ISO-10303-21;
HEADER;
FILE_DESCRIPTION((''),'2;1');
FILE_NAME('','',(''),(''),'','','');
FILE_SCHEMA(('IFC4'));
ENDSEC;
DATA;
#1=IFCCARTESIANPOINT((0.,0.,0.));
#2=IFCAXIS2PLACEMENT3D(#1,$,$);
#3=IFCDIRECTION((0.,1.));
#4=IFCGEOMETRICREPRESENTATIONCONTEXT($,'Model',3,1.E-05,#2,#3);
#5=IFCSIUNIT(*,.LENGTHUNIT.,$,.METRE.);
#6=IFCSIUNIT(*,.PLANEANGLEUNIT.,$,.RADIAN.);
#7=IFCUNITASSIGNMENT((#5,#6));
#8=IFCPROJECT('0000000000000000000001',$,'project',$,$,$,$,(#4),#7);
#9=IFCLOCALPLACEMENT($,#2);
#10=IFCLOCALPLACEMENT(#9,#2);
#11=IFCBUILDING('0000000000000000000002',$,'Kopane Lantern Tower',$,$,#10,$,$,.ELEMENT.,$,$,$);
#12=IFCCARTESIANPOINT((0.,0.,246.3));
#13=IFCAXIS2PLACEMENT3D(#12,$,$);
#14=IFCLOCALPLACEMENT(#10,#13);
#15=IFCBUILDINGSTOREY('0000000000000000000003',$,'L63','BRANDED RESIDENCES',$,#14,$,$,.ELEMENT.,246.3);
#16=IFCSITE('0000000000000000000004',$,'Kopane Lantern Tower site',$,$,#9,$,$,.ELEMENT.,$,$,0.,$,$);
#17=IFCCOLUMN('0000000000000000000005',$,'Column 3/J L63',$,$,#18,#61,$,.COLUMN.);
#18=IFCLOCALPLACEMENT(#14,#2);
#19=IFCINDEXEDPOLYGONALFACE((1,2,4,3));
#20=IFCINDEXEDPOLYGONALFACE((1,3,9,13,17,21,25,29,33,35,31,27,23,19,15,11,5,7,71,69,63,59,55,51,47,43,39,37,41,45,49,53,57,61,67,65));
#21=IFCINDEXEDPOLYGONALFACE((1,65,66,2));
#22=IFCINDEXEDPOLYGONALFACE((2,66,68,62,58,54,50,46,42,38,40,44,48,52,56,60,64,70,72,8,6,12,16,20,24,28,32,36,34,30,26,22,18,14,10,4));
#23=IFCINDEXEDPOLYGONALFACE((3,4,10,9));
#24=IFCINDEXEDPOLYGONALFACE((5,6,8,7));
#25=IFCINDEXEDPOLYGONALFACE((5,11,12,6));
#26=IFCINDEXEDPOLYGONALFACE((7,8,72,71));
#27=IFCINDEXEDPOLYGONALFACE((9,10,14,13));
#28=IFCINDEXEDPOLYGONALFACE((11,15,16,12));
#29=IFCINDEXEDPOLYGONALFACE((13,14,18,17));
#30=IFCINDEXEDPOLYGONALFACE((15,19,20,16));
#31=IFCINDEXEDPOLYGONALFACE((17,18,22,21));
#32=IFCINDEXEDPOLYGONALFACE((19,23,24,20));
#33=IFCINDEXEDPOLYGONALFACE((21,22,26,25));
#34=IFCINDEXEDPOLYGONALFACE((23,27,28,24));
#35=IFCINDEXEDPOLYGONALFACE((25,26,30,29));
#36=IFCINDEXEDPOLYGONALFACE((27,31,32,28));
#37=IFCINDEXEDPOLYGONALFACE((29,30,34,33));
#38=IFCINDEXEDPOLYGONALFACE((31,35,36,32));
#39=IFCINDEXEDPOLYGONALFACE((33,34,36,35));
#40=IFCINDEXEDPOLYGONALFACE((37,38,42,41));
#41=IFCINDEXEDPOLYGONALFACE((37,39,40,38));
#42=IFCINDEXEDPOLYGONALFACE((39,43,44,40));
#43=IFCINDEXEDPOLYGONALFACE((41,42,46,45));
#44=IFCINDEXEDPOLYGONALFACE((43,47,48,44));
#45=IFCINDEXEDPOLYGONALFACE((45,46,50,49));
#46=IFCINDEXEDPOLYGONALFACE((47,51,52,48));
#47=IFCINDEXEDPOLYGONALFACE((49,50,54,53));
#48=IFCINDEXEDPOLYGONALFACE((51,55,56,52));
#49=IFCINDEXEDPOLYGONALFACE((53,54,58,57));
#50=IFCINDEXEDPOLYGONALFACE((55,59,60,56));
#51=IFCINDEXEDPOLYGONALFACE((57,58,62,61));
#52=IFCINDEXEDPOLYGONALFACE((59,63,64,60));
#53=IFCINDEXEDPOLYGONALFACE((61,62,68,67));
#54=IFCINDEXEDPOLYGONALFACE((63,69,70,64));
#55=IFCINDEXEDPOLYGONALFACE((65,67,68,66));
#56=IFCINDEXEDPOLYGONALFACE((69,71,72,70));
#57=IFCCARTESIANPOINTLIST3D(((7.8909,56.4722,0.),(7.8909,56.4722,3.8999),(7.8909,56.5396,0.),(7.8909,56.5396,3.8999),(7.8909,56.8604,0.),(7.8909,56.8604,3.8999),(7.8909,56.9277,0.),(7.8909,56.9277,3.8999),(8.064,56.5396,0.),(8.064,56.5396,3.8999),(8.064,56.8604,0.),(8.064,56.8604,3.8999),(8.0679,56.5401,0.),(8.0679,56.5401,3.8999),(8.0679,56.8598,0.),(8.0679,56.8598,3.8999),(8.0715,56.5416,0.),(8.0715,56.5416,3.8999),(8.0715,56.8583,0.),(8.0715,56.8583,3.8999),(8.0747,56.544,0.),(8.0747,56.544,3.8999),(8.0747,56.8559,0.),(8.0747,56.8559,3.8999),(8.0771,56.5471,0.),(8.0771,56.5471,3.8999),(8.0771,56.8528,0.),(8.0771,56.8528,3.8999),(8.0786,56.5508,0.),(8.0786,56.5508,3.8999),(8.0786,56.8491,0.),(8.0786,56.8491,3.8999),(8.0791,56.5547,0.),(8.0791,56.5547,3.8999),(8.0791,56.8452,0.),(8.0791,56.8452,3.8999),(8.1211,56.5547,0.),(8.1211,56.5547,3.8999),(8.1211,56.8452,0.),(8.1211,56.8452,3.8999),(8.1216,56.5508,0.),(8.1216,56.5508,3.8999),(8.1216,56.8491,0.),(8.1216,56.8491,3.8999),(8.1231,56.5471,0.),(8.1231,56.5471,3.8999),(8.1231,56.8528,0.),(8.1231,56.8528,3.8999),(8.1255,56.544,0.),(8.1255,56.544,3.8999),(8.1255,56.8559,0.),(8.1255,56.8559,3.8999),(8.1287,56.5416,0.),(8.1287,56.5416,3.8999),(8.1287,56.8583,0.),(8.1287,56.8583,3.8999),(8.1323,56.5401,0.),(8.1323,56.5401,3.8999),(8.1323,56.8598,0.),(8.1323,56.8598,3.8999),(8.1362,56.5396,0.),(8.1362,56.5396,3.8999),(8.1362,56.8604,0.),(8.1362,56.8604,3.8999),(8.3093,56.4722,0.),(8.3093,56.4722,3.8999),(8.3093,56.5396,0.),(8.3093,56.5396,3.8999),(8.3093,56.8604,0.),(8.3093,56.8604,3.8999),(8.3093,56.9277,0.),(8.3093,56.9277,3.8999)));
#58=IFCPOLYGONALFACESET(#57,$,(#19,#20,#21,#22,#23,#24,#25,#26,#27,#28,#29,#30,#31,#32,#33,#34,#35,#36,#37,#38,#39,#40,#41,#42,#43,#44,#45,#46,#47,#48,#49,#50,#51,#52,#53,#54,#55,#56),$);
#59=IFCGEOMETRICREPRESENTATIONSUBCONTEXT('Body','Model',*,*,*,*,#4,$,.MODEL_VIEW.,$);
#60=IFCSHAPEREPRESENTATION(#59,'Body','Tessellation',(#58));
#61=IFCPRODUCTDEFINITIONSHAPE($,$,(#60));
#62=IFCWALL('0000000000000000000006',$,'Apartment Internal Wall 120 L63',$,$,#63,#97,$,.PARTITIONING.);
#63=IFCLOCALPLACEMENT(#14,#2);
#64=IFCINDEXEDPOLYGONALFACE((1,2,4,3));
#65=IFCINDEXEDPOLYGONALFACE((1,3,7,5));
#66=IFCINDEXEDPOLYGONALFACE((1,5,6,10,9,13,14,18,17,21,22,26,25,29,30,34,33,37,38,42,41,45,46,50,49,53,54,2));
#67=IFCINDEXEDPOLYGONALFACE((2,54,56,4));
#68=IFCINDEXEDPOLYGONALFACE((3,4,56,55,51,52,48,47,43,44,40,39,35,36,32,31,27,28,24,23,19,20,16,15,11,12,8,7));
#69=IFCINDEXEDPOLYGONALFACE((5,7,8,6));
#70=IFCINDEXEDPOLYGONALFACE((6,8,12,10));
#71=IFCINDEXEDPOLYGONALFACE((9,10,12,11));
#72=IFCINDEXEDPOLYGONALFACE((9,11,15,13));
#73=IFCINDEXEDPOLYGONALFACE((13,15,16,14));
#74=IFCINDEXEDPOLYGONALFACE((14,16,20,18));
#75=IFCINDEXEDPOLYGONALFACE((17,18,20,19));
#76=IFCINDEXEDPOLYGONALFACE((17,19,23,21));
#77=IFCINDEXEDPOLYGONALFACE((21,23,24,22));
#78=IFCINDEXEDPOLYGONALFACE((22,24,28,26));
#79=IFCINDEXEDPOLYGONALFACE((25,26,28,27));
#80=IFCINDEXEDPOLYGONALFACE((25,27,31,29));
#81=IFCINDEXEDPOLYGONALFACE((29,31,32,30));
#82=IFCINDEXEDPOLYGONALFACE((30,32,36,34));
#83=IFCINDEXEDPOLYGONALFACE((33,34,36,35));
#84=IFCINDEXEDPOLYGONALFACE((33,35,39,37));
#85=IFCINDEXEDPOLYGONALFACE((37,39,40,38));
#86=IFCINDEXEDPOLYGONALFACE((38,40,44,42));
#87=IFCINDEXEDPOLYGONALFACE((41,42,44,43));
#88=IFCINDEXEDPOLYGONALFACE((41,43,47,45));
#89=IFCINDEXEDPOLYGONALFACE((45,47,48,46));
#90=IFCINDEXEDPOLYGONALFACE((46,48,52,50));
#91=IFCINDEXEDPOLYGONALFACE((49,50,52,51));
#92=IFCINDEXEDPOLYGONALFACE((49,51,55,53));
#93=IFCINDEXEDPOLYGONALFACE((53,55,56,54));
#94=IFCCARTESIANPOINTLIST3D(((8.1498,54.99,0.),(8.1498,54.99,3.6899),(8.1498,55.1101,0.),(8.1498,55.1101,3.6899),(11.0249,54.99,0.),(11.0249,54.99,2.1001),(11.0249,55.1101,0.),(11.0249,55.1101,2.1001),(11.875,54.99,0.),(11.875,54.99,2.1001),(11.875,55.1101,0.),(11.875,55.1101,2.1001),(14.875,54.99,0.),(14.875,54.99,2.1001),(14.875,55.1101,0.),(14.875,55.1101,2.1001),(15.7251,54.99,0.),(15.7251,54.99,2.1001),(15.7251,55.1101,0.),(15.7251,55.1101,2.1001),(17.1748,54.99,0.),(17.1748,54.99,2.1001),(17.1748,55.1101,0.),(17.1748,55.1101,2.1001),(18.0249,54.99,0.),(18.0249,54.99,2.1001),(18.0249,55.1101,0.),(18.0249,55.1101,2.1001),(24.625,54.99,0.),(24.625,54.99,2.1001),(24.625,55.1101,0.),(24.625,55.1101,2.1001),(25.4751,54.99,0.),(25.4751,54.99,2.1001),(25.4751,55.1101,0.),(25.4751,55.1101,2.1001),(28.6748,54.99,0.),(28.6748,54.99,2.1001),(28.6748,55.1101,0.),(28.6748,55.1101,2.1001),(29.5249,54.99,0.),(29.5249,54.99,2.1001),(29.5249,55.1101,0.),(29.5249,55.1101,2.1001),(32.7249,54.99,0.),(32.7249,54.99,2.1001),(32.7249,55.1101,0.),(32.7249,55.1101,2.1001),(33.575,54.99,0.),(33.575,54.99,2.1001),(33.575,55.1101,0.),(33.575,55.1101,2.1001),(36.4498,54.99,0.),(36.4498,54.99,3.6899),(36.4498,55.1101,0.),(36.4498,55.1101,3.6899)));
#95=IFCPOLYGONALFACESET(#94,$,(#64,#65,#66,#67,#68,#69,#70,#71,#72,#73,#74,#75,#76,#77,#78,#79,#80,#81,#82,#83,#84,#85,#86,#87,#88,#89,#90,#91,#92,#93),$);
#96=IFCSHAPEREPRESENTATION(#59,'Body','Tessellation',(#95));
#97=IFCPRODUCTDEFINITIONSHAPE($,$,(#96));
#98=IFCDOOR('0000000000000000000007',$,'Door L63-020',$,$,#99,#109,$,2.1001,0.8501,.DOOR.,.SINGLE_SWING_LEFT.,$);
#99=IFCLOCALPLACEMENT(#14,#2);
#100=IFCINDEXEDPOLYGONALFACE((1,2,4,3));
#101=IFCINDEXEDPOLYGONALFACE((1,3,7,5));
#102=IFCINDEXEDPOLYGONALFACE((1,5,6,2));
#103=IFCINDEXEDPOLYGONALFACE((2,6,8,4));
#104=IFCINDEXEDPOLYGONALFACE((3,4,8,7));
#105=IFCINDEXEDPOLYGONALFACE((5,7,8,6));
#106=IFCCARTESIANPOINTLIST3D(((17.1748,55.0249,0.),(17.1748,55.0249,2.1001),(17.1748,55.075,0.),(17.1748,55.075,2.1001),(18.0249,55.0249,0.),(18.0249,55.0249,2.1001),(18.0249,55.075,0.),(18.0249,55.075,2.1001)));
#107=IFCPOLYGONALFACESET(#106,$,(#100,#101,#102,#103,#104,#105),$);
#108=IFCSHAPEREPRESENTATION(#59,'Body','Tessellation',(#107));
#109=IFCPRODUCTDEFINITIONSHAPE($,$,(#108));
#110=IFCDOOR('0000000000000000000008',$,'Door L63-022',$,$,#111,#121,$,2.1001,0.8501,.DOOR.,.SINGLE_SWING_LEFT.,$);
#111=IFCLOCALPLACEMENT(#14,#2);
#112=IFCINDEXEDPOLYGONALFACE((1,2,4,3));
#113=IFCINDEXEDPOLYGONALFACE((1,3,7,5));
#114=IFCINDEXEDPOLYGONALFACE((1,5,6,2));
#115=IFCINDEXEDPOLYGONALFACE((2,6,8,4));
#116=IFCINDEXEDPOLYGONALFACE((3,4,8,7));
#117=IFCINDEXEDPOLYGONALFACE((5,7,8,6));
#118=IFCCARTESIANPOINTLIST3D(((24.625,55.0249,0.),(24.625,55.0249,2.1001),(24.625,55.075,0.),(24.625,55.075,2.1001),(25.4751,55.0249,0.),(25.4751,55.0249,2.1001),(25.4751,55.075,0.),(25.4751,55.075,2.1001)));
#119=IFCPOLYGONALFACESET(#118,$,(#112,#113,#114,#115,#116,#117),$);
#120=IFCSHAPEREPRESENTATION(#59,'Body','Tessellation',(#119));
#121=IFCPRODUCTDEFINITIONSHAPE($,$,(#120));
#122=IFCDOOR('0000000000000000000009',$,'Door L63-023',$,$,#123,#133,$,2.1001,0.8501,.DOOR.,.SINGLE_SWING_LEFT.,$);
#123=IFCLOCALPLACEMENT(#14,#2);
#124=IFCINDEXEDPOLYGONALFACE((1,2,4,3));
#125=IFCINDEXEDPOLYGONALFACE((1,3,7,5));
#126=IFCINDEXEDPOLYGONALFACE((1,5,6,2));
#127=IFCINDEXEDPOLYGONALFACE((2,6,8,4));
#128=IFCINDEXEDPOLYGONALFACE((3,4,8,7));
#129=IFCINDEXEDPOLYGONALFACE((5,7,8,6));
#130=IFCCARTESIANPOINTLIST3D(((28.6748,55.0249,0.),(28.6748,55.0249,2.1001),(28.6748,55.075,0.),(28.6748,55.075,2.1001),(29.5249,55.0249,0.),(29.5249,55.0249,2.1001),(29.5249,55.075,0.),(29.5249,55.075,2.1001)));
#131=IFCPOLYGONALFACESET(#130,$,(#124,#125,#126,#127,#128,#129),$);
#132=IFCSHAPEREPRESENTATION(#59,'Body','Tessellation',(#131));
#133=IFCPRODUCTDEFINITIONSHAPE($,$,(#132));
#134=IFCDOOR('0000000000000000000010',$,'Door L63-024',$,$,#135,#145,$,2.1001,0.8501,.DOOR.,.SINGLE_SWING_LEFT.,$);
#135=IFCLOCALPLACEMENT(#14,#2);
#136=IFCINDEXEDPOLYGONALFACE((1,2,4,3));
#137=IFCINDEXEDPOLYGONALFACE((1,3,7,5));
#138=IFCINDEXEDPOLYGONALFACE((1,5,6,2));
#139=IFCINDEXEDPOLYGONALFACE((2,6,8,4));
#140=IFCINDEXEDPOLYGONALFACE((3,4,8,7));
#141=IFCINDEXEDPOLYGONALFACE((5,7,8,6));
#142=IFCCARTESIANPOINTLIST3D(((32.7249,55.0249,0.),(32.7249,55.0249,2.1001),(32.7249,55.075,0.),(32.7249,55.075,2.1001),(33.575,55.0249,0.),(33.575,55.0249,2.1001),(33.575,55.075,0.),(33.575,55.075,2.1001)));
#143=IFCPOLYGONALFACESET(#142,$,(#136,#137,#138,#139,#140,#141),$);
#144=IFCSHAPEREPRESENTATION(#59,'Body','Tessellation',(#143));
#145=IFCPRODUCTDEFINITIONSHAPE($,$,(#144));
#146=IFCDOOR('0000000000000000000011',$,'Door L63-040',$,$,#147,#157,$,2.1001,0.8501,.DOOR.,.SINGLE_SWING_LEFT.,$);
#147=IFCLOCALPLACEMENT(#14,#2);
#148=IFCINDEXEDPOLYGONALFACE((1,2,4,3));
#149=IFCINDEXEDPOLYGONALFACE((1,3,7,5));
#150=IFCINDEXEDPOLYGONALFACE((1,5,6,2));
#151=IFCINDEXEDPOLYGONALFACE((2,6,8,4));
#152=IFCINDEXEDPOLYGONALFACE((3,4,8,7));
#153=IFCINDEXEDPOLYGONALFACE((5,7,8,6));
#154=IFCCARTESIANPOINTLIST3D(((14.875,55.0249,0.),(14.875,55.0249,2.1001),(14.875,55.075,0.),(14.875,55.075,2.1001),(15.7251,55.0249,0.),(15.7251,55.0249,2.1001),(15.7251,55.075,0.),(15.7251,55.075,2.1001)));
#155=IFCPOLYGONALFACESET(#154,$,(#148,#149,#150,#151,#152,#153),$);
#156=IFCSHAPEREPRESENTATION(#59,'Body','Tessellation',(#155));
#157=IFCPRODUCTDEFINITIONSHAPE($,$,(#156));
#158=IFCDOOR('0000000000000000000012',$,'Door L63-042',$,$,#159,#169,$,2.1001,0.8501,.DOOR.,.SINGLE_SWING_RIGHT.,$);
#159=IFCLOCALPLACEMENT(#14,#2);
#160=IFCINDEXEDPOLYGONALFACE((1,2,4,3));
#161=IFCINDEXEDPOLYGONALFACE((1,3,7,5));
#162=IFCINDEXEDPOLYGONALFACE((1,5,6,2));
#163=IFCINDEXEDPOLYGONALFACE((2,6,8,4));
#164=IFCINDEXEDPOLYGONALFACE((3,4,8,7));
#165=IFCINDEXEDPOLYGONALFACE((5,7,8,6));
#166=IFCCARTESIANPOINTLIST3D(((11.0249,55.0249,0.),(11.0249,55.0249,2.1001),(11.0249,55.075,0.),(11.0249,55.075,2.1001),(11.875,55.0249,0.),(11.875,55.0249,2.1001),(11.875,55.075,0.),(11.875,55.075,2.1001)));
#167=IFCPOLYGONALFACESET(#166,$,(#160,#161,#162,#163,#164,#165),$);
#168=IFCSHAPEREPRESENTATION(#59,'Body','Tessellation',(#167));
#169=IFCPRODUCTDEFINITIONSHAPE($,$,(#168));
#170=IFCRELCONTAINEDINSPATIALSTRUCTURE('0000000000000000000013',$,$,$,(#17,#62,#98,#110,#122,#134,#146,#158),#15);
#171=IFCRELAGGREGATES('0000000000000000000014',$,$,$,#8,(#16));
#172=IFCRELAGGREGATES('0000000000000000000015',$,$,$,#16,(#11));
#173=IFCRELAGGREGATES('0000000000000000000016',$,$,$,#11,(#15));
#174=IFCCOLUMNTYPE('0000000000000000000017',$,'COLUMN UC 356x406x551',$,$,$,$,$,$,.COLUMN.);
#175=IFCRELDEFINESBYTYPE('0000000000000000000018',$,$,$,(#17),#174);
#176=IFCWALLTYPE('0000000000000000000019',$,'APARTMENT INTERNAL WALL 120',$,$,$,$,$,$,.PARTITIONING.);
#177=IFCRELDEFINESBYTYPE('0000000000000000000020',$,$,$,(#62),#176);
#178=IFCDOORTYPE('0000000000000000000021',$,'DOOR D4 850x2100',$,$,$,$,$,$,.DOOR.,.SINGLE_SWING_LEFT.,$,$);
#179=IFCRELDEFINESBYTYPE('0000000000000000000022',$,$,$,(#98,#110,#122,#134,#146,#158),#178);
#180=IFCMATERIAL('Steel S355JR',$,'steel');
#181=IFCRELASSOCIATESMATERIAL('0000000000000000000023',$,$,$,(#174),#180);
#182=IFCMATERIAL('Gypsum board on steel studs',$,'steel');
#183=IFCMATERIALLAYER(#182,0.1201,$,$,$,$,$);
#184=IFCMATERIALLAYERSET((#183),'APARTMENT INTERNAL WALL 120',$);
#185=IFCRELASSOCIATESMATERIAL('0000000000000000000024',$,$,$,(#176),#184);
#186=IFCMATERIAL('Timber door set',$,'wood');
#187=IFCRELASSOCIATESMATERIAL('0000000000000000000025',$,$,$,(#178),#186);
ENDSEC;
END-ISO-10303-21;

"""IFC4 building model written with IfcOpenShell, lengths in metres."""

from ifc_helpers import new_model, si_unit, direction, frame, frame_2d, origin, origin_2d, place, context, subcontext, project, spatial, rectangle, i_section, extrude, material, layer, layer_set, material_profile, profile_set, type_object, element, fill, save


model = new_model("IFC4")

# Units and contexts
model_context = context("Model", 3, precision=1e-05, world=origin(), true_north=direction((0.0, 1.0)))
body_context = subcontext(model_context, "Body", "Model", "MODEL_VIEW")
ifc_project = project(units=[si_unit("LENGTHUNIT", "METRE"), si_unit("PLANEANGLEUNIT", "RADIAN")], contexts=[model_context])

# Site, building, storey
site_placement = place(None, origin())
site = spatial("IfcSite", under=ifc_project, at=site_placement, Name="Kopane Lantern Tower site", CompositionType="ELEMENT", RefElevation=0.0)
building_placement = place(site_placement, origin())
building = spatial("IfcBuilding", under=site, at=building_placement, Name="Kopane Lantern Tower", CompositionType="ELEMENT")
storey_placement = place(building_placement, frame((0.0, 0.0, 246.3)))
storey = spatial("IfcBuildingStorey", under=building, at=storey_placement, Name="L63", Description="BRANDED RESIDENCES", CompositionType="ELEMENT", Elevation=246.3)

# Column
ifc_material_1 = material(Name="Steel S355JR", Category="steel")
ifc_material_profile = material_profile(ifc_material_1, i_section(OverallWidth=0.4185, OverallDepth=0.4556, WebThickness=0.042, FlangeThickness=0.0674, FilletRadius=0.0151, at=origin_2d()), Name="UC 356x406x551")
ifc_profile_set = profile_set([ifc_material_profile], Name="Steel S355JR")
column_type = type_object("IfcColumnType", Name="COLUMN UC 356x406x551", PredefinedType="COLUMN", material=ifc_profile_set)
column_placement = place(storey_placement, frame((8.1001, 56.7, 0.0), z_axis=(0.0, 0.0, 1.0), x_axis=(1.0, 0.0, 0.0)))
element("IfcColumn", 1, at=column_placement, inside=storey, type_object=column_type, Name="Column 3/J L63", PredefinedType="COLUMN", context=body_context, shape_type="SweptSolid", body=[
    extrude(i_section(OverallWidth=0.4185, OverallDepth=0.4556, WebThickness=0.042, FlangeThickness=0.0674, FilletRadius=0.0151, at=origin_2d()), origin(), (0.0, 0.0, 1.0), 3.8999),
])

# Wall, openings, doors
ifc_material_2 = material(Name="Gypsum board on steel studs", Category="steel")
ifc_layer_1 = layer(ifc_material_2, 0.1201)
ifc_layer_set_1 = layer_set([ifc_layer_1], Name="APARTMENT INTERNAL WALL 120")
wall_type_1 = type_object("IfcWallType", Name="APARTMENT INTERNAL WALL 120", PredefinedType="PARTITIONING", material=ifc_layer_set_1)
wall_1_placement = place(storey_placement, frame((8.1499, 55.05, 0.0), z_axis=(0.0, 0.0, 1.0), x_axis=(1.0, 0.0, 0.0)))
wall_1 = element("IfcWall", 2, at=wall_1_placement, inside=storey, type_object=wall_type_1, Name="Apartment Internal Wall 120 L63", PredefinedType="PARTITIONING", context=body_context, shape_type="SweptSolid", body=[
    extrude(rectangle(XDim=28.3, YDim=0.1201, at=frame_2d((14.1499, 0.0))), origin(), (0.0, 0.0, 1.0), 3.6899),
])
opening_1_placement = place(wall_1_placement, frame((9.0249, 0.0, 0.0)))
opening_1 = element("IfcOpeningElement", 3, at=opening_1_placement, cuts=wall_1, PredefinedType="OPENING", context=body_context, shape_type="SweptSolid", body=[
    extrude(rectangle(XDim=0.8501, YDim=2.1001, at=frame_2d((0.425, 1.05))), frame((0.0, 0.0701, 0.0), z_axis=(0.0, -1.0, 0.0), x_axis=(1.0, 0.0, 0.0)), (0.0, 0.0, 1.0), 0.1401),
])
opening_2_placement = place(wall_1_placement, frame((16.4751, 0.0, 0.0)))
opening_2 = element("IfcOpeningElement", 4, at=opening_2_placement, cuts=wall_1, PredefinedType="OPENING", context=body_context, shape_type="SweptSolid", body=[
    extrude(rectangle(XDim=0.8501, YDim=2.1001, at=frame_2d((0.425, 1.05))), frame((0.0, 0.0701, 0.0), z_axis=(0.0, -1.0, 0.0), x_axis=(1.0, 0.0, 0.0)), (0.0, 0.0, 1.0), 0.1401),
])
opening_3_placement = place(wall_1_placement, frame((20.5249, 0.0, 0.0)))
opening_3 = element("IfcOpeningElement", 5, at=opening_3_placement, cuts=wall_1, PredefinedType="OPENING", context=body_context, shape_type="SweptSolid", body=[
    extrude(rectangle(XDim=0.8501, YDim=2.1001, at=frame_2d((0.425, 1.05))), frame((0.0, 0.0701, 0.0), z_axis=(0.0, -1.0, 0.0), x_axis=(1.0, 0.0, 0.0)), (0.0, 0.0, 1.0), 0.1401),
])
opening_4_placement = place(wall_1_placement, frame((24.575, 0.0, 0.0)))
opening_4 = element("IfcOpeningElement", 6, at=opening_4_placement, cuts=wall_1, PredefinedType="OPENING", context=body_context, shape_type="SweptSolid", body=[
    extrude(rectangle(XDim=0.8501, YDim=2.1001, at=frame_2d((0.425, 1.05))), frame((0.0, 0.0701, 0.0), z_axis=(0.0, -1.0, 0.0), x_axis=(1.0, 0.0, 0.0)), (0.0, 0.0, 1.0), 0.1401),
])
opening_5_placement = place(wall_1_placement, frame((6.7251, 0.0, 0.0)))
opening_5 = element("IfcOpeningElement", 7, at=opening_5_placement, cuts=wall_1, PredefinedType="OPENING", context=body_context, shape_type="SweptSolid", body=[
    extrude(rectangle(XDim=0.8501, YDim=2.1001, at=frame_2d((0.425, 1.05))), frame((0.0, 0.0701, 0.0), z_axis=(0.0, -1.0, 0.0), x_axis=(1.0, 0.0, 0.0)), (0.0, 0.0, 1.0), 0.1401),
])
opening_6_placement = place(wall_1_placement, frame((2.875, 0.0, 0.0)))
opening_6 = element("IfcOpeningElement", 8, at=opening_6_placement, cuts=wall_1, PredefinedType="OPENING", context=body_context, shape_type="SweptSolid", body=[
    extrude(rectangle(XDim=0.8501, YDim=2.1001, at=frame_2d((0.425, 1.05))), frame((0.0, 0.0701, 0.0), z_axis=(0.0, -1.0, 0.0), x_axis=(1.0, 0.0, 0.0)), (0.0, 0.0, 1.0), 0.1401),
])
ifc_material_3 = material(Name="Timber door set", Category="wood")
door_type_1 = type_object("IfcDoorType", Name="DOOR D4 850x2100", OperationType="SINGLE_SWING_LEFT", PredefinedType="DOOR", material=ifc_material_3)
door_1_placement = place(opening_1_placement, origin())
door_1 = element("IfcDoor", 9, at=door_1_placement, inside=storey, type_object=door_type_1, Name="Door L63-020", OperationType="SINGLE_SWING_LEFT", OverallHeight=2.1001, OverallWidth=0.8501, PredefinedType="DOOR", context=body_context, shape_type="SweptSolid", body=[
    extrude(rectangle(XDim=0.8501, YDim=2.1001, at=frame_2d((0.425, 1.05))), frame((0.0, 0.0249, 0.0), z_axis=(0.0, -1.0, 0.0), x_axis=(1.0, 0.0, 0.0)), (0.0, 0.0, 1.0), 0.05),
])
fill(opening_1, door_1)
door_2_placement = place(opening_2_placement, origin())
door_2 = element("IfcDoor", 10, at=door_2_placement, inside=storey, type_object=door_type_1, Name="Door L63-022", OperationType="SINGLE_SWING_LEFT", OverallHeight=2.1001, OverallWidth=0.8501, PredefinedType="DOOR", context=body_context, shape_type="SweptSolid", body=[
    extrude(rectangle(XDim=0.8501, YDim=2.1001, at=frame_2d((0.425, 1.05))), frame((0.0, 0.0249, 0.0), z_axis=(0.0, -1.0, 0.0), x_axis=(1.0, 0.0, 0.0)), (0.0, 0.0, 1.0), 0.05),
])
fill(opening_2, door_2)
door_3_placement = place(opening_3_placement, origin())
door_3 = element("IfcDoor", 11, at=door_3_placement, inside=storey, type_object=door_type_1, Name="Door L63-023", OperationType="SINGLE_SWING_LEFT", OverallHeight=2.1001, OverallWidth=0.8501, PredefinedType="DOOR", context=body_context, shape_type="SweptSolid", body=[
    extrude(rectangle(XDim=0.8501, YDim=2.1001, at=frame_2d((0.425, 1.05))), frame((0.0, 0.0249, 0.0), z_axis=(0.0, -1.0, 0.0), x_axis=(1.0, 0.0, 0.0)), (0.0, 0.0, 1.0), 0.05),
])
fill(opening_3, door_3)
door_4_placement = place(opening_4_placement, origin())
door_4 = element("IfcDoor", 12, at=door_4_placement, inside=storey, type_object=door_type_1, Name="Door L63-024", OperationType="SINGLE_SWING_LEFT", OverallHeight=2.1001, OverallWidth=0.8501, PredefinedType="DOOR", context=body_context, shape_type="SweptSolid", body=[
    extrude(rectangle(XDim=0.8501, YDim=2.1001, at=frame_2d((0.425, 1.05))), frame((0.0, 0.0249, 0.0), z_axis=(0.0, -1.0, 0.0), x_axis=(1.0, 0.0, 0.0)), (0.0, 0.0, 1.0), 0.05),
])
fill(opening_4, door_4)
door_5_placement = place(opening_5_placement, origin())
door_5 = element("IfcDoor", 13, at=door_5_placement, inside=storey, type_object=door_type_1, Name="Door L63-040", OperationType="SINGLE_SWING_LEFT", OverallHeight=2.1001, OverallWidth=0.8501, PredefinedType="DOOR", context=body_context, shape_type="SweptSolid", body=[
    extrude(rectangle(XDim=0.8501, YDim=2.1001, at=frame_2d((0.425, 1.05))), frame((0.0, 0.0249, 0.0), z_axis=(0.0, -1.0, 0.0), x_axis=(1.0, 0.0, 0.0)), (0.0, 0.0, 1.0), 0.05),
])
fill(opening_5, door_5)
door_6_placement = place(opening_6_placement, origin())
door_6 = element("IfcDoor", 14, at=door_6_placement, inside=storey, type_object=door_type_1, Name="Door L63-042", OperationType="SINGLE_SWING_RIGHT", OverallHeight=2.1001, OverallWidth=0.8501, PredefinedType="DOOR", context=body_context, shape_type="SweptSolid", body=[
    extrude(rectangle(XDim=0.8501, YDim=2.1001, at=frame_2d((0.425, 1.05))), frame((0.0, 0.0249, 0.0), z_axis=(0.0, -1.0, 0.0), x_axis=(1.0, 0.0, 0.0)), (0.0, 0.0, 1.0), 0.05),
])
fill(opening_6, door_6)

save(model, "model.ifc")
